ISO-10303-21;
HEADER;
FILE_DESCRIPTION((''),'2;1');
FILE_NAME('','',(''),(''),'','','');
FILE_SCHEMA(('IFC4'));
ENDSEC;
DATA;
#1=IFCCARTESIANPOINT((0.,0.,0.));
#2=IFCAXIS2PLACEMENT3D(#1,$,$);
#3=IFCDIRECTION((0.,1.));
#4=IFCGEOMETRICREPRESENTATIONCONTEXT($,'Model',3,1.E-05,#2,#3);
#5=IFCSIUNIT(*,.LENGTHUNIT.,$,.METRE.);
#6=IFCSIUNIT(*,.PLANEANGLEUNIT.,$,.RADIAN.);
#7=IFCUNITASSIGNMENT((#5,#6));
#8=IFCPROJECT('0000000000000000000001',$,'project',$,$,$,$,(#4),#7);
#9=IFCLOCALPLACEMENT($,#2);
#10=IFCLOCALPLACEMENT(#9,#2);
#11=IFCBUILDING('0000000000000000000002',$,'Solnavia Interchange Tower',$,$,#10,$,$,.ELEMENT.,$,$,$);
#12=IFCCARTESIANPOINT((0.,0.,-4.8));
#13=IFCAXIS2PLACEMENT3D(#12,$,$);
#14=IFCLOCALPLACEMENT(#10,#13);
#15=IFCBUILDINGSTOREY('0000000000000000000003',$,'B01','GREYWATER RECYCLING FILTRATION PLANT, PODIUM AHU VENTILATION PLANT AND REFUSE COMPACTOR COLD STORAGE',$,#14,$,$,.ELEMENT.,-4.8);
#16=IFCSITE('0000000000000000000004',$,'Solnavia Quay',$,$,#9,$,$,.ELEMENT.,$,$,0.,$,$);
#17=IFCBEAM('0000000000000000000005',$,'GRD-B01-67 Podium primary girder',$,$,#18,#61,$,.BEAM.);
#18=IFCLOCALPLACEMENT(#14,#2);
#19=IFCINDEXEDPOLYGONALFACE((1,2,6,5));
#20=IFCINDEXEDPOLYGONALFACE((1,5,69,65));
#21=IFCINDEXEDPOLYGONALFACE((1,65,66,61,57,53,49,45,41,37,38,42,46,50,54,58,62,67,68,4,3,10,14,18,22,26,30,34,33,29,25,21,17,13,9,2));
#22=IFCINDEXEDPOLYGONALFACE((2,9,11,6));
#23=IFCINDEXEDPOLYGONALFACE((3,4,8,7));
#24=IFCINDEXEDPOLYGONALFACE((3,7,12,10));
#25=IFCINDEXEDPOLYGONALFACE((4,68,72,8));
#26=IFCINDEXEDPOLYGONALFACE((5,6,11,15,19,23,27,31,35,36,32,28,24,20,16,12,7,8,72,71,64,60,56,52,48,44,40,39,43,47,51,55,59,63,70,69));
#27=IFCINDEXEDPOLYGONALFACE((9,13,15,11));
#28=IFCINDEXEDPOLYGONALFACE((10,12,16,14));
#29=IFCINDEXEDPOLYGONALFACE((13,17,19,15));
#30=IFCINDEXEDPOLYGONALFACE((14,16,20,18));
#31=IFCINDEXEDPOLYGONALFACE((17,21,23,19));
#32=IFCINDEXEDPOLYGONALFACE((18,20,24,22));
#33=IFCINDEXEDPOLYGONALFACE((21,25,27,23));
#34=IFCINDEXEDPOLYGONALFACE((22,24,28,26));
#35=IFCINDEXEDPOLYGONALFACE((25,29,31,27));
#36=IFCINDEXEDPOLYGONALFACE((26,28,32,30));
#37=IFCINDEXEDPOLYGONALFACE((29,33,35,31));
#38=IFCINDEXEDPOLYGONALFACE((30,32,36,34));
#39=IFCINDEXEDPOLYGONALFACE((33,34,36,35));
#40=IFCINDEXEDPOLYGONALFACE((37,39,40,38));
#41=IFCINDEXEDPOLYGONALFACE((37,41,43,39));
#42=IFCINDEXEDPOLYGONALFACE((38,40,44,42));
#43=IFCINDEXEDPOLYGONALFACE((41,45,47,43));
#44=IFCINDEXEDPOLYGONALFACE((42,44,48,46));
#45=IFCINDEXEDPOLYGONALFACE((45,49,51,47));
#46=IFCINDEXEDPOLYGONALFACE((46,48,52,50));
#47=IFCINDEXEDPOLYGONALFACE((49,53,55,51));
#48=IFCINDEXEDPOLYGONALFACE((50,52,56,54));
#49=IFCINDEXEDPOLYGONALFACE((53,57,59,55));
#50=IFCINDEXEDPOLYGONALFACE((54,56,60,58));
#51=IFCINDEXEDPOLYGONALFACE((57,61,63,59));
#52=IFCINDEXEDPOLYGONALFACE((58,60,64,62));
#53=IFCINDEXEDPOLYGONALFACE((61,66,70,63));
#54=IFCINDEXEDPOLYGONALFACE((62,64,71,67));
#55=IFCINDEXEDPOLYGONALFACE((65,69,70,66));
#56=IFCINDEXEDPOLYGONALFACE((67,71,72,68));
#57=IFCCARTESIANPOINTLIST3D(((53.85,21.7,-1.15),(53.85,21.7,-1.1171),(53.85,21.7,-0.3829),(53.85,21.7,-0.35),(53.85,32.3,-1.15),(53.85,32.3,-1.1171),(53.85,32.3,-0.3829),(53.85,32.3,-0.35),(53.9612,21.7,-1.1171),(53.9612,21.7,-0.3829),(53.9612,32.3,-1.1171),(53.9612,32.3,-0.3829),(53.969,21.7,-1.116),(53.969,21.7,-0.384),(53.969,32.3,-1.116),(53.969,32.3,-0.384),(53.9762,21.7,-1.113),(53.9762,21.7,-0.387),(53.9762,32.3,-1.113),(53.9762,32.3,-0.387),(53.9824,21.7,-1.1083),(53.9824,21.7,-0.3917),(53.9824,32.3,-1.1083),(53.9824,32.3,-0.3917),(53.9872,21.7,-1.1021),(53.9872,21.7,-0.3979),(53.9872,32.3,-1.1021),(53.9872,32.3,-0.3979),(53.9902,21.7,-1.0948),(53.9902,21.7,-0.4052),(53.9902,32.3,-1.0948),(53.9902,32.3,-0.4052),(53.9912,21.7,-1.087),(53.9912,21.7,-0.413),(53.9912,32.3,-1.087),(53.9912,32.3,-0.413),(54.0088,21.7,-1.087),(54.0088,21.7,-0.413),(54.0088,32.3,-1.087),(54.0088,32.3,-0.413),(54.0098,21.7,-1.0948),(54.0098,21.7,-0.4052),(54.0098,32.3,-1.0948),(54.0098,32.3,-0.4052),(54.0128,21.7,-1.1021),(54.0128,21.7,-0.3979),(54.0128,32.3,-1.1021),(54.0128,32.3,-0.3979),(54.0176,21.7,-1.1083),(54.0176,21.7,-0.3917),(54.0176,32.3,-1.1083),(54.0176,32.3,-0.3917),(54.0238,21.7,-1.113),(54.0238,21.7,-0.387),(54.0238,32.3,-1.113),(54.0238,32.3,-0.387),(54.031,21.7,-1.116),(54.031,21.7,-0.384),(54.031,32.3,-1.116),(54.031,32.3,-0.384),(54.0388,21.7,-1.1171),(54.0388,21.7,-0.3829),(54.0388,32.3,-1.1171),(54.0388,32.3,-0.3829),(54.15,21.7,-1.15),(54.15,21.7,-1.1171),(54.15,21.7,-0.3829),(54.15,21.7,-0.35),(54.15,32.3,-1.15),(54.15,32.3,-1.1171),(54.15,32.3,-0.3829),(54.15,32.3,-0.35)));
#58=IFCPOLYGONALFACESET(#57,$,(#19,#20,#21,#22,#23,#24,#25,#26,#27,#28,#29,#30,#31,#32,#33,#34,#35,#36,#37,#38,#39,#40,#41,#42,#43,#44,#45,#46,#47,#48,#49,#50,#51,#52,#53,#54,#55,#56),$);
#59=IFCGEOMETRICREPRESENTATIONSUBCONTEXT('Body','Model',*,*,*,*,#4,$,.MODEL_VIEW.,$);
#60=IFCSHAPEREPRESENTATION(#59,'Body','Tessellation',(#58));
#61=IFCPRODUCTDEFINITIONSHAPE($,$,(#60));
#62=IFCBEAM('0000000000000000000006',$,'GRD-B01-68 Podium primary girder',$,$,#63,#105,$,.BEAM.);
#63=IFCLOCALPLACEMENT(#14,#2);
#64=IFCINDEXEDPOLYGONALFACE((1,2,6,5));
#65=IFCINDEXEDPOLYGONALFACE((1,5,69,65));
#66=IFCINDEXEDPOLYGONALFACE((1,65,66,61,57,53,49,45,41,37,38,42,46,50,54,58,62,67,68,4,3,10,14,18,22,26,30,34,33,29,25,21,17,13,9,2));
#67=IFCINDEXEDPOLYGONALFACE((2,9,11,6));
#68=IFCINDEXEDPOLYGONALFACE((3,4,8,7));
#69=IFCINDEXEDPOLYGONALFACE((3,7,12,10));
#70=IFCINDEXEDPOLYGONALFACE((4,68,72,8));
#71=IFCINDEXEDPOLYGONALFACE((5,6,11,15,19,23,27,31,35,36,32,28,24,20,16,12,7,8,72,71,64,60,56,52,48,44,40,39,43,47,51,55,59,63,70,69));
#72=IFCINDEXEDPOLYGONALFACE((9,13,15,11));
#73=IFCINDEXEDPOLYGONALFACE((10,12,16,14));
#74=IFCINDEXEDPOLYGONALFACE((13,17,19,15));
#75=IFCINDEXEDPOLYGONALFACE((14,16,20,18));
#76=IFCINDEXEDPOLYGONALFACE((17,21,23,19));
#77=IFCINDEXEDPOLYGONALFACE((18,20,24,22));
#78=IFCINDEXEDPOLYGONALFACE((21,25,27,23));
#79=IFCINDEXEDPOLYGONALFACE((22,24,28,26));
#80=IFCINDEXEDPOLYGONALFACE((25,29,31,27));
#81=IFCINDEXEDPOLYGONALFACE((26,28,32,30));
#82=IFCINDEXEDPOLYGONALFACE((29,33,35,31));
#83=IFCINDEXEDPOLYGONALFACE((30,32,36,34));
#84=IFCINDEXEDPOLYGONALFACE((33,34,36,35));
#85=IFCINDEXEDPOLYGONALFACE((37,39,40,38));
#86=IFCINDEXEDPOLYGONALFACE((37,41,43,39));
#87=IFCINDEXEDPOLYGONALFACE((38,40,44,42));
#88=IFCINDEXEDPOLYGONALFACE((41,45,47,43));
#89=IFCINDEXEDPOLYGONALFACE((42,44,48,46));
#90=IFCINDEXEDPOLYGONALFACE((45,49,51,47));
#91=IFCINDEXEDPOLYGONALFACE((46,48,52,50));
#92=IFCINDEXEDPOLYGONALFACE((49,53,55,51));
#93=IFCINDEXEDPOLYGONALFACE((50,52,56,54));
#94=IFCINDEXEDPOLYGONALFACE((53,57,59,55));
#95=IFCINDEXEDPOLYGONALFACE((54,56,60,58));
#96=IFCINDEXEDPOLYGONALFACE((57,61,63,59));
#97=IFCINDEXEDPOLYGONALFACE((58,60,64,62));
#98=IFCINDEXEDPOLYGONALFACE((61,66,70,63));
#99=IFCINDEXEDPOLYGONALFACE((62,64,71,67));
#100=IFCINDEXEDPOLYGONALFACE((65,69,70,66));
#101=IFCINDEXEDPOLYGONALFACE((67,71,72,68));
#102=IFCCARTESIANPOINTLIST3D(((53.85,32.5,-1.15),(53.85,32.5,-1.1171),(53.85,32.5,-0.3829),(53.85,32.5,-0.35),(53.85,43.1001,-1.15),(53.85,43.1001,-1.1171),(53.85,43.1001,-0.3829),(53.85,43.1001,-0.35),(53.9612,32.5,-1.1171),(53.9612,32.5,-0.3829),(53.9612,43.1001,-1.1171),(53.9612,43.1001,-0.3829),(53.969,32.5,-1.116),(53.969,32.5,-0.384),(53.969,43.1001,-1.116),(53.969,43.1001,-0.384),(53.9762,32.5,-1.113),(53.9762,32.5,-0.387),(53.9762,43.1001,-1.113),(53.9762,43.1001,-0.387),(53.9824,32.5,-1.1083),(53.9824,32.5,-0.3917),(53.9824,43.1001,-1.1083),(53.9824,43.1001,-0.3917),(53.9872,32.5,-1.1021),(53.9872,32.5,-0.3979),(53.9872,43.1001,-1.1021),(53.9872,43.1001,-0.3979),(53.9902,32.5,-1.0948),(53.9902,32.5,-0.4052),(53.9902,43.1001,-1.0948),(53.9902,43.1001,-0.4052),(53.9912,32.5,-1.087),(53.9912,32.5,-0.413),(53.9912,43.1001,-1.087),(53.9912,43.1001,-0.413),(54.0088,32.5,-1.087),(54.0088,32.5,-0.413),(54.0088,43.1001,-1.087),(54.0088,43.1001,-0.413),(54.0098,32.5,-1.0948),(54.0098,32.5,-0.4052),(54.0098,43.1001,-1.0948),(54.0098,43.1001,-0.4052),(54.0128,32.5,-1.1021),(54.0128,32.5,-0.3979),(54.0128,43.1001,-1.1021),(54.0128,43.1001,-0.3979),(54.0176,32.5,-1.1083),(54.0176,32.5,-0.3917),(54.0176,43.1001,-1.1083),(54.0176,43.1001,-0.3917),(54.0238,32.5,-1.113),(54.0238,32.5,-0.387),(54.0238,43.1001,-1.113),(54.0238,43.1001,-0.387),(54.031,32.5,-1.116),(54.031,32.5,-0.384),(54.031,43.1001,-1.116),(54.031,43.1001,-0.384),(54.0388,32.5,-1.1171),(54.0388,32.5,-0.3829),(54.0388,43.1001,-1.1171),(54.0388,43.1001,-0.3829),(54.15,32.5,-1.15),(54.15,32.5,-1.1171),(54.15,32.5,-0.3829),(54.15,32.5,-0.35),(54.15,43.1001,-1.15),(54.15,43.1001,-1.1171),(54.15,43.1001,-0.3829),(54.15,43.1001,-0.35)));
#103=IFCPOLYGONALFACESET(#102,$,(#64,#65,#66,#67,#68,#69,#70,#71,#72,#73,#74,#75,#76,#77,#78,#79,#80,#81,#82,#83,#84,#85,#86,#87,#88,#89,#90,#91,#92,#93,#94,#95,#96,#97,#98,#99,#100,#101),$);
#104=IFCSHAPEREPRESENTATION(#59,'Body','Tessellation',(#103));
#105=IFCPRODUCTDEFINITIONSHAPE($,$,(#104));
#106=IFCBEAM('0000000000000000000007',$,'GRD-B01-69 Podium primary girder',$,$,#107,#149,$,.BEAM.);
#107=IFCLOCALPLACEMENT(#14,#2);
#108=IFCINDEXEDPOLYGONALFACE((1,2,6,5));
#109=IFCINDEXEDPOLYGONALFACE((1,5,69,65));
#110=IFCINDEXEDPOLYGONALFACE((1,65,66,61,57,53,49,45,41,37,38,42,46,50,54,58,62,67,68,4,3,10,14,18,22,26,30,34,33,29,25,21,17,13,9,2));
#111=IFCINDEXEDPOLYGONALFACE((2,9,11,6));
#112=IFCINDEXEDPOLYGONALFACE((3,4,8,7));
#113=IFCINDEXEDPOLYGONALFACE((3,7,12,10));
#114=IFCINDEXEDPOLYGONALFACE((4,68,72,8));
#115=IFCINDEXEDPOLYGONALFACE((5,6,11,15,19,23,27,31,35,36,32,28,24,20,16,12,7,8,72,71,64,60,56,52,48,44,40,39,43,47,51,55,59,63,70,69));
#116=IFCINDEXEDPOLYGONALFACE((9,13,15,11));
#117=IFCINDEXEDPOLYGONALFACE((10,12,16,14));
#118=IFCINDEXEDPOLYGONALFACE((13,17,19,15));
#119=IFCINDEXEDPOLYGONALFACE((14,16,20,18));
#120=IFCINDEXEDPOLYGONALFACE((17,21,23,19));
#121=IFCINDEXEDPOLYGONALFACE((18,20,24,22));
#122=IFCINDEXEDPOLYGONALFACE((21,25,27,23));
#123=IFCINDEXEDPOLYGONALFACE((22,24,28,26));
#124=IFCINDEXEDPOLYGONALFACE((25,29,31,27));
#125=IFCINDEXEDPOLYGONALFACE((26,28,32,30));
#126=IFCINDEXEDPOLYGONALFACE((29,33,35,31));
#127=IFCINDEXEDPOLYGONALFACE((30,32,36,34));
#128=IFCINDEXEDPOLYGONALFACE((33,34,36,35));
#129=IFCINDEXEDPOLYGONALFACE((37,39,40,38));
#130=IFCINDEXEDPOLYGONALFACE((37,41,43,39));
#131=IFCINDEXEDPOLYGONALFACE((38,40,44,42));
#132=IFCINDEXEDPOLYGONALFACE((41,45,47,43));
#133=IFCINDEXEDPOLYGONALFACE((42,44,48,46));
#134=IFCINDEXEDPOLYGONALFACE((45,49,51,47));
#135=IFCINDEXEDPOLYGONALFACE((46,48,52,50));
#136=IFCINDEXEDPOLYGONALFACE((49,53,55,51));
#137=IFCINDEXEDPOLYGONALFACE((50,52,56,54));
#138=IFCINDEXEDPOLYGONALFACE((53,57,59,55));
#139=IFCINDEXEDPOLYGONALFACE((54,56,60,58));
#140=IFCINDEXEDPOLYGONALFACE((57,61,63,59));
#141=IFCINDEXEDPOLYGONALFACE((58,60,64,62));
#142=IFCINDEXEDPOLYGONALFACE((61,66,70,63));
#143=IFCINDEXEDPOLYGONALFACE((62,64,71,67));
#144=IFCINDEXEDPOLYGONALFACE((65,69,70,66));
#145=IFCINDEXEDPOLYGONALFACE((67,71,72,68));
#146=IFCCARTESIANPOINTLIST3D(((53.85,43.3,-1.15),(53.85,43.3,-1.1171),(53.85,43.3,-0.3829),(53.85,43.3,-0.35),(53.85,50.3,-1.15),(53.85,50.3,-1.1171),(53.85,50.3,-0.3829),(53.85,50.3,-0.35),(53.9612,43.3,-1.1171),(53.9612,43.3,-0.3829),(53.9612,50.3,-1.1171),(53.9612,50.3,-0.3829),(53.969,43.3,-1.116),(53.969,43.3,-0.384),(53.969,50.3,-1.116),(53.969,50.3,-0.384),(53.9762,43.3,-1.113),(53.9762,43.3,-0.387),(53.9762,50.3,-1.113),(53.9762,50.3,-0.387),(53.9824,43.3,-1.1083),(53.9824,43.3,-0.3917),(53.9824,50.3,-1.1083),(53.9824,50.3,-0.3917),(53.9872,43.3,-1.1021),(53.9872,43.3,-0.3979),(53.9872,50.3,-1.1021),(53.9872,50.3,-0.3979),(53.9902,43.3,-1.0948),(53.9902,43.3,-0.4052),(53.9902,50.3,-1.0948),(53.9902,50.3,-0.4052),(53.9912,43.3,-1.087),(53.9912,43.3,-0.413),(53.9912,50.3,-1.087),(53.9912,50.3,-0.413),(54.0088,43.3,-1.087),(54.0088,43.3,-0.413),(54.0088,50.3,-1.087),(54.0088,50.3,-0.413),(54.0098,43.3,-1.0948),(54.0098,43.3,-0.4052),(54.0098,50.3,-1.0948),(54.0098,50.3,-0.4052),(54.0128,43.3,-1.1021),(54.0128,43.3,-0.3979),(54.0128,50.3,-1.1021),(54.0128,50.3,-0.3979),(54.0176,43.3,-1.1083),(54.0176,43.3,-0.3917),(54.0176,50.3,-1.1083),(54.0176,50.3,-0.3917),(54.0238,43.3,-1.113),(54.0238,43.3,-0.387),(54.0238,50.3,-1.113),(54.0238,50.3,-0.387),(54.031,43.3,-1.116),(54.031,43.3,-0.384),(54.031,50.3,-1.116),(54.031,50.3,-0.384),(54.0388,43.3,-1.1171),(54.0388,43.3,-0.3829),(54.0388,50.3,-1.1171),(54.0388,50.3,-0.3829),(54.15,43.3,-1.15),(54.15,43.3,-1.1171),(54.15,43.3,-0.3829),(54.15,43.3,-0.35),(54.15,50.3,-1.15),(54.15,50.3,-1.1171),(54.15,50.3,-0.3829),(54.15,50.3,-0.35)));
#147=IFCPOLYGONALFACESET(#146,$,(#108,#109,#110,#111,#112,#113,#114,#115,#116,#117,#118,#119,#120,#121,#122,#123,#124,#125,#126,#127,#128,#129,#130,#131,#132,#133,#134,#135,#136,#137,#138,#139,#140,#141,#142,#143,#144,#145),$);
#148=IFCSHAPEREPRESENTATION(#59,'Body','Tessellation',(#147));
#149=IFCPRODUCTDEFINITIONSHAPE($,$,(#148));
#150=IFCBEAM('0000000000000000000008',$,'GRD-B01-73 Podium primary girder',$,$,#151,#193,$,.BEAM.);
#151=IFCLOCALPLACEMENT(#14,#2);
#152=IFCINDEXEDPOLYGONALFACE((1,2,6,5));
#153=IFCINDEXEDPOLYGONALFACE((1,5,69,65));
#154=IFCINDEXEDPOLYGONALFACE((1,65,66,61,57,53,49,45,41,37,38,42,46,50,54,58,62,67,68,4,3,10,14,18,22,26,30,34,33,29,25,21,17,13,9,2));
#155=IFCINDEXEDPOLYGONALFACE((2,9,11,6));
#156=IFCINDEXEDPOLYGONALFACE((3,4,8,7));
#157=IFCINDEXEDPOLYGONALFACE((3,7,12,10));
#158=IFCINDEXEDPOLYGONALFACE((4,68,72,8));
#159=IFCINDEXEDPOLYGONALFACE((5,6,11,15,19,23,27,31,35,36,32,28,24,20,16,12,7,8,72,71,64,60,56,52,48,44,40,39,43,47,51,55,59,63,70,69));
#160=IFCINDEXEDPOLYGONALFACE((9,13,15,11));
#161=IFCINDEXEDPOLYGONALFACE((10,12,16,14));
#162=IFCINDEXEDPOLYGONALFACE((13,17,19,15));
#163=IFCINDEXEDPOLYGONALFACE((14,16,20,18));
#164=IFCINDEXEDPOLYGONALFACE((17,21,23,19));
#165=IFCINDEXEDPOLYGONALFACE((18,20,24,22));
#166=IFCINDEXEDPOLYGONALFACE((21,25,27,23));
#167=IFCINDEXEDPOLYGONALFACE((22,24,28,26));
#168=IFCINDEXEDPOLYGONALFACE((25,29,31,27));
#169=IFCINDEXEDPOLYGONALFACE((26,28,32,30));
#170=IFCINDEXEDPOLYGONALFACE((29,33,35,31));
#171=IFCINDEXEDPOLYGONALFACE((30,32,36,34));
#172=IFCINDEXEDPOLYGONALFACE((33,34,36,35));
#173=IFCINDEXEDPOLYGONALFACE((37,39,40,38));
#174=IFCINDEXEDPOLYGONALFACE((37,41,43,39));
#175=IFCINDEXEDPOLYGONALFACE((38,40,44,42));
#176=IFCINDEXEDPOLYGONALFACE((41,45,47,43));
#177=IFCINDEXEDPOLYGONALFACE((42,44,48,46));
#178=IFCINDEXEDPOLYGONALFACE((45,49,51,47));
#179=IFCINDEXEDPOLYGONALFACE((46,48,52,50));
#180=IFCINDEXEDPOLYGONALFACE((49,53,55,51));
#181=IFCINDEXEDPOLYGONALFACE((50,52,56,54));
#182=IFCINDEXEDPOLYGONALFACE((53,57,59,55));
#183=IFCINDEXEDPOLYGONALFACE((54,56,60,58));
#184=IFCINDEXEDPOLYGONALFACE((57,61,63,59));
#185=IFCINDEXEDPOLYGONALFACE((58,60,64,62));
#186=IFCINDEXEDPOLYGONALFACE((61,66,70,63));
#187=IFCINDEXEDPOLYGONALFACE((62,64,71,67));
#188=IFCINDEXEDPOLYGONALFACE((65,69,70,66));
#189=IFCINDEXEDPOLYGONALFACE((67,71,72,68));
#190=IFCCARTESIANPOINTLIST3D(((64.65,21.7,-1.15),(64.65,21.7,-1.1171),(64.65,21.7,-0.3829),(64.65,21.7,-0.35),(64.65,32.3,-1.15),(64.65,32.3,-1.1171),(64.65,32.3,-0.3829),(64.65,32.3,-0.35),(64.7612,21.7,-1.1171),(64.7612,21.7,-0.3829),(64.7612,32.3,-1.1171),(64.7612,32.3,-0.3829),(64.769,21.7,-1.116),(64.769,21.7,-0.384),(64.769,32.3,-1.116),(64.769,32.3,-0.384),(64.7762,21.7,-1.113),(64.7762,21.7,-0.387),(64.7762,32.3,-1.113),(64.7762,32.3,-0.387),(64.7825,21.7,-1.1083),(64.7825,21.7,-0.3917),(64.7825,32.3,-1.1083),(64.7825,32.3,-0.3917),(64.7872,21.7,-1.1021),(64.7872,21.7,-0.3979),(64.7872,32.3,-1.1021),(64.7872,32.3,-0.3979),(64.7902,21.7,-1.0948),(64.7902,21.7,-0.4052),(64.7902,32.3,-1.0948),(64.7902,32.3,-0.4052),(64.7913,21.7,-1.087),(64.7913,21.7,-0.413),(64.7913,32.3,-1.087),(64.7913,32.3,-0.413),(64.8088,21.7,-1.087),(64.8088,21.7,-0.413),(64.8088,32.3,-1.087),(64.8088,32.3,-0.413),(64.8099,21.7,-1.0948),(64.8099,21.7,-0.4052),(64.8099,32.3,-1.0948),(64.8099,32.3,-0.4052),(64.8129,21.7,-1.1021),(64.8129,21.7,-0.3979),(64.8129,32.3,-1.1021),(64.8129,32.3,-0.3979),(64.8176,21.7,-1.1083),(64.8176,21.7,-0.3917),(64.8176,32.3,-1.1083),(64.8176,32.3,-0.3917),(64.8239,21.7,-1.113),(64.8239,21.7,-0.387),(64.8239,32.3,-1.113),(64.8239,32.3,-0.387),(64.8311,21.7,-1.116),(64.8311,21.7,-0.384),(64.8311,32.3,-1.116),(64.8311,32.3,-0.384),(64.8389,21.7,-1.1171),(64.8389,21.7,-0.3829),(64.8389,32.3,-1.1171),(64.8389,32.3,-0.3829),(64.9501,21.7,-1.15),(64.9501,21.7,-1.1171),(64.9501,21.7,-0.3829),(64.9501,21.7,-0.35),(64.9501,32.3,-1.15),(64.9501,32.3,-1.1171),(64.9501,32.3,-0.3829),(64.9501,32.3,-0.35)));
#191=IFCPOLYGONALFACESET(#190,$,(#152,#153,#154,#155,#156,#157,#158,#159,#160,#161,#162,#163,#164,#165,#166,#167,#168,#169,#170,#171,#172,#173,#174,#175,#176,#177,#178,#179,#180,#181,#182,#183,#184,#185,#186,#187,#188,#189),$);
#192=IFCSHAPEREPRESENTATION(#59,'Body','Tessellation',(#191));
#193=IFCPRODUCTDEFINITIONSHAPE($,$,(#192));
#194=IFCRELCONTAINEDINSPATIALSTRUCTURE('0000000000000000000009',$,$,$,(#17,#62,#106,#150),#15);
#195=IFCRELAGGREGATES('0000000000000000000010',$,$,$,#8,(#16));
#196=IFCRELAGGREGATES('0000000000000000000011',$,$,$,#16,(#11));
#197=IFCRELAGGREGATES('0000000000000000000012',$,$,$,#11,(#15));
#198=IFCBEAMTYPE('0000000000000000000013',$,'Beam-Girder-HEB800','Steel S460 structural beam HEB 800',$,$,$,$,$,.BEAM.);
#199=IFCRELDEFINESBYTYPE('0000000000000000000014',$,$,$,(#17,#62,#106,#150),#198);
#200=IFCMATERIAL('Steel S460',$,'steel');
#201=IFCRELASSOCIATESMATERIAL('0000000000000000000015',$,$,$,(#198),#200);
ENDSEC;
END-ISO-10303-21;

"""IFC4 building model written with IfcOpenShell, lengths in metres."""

from ifc_helpers import new_model, si_unit, direction, frame, origin, origin_2d, place, context, subcontext, project, spatial, i_section, extrude, material, material_profile, profile_set, type_object, element, save


model = new_model("IFC4")

# Units and contexts
model_context = context("Model", 3, precision=1e-05, world=origin(), true_north=direction((0.0, 1.0)))
body_context = subcontext(model_context, "Body", "Model", "MODEL_VIEW")
ifc_project = project(units=[si_unit("LENGTHUNIT", "METRE"), si_unit("PLANEANGLEUNIT", "RADIAN")], contexts=[model_context])

# Site, building, storey
site_placement = place(None, origin())
site = spatial("IfcSite", under=ifc_project, at=site_placement, Name="Solnavia Quay", CompositionType="ELEMENT", RefElevation=0.0)
building_placement = place(site_placement, origin())
building = spatial("IfcBuilding", under=site, at=building_placement, Name="Solnavia Interchange Tower", CompositionType="ELEMENT")
storey_placement = place(building_placement, frame((0.0, 0.0, -4.8)))
storey = spatial("IfcBuildingStorey", under=building, at=storey_placement, Name="B01", Description="GREYWATER RECYCLING FILTRATION PLANT, PODIUM AHU VENTILATION PLANT AND REFUSE COMPACTOR COLD STORAGE", CompositionType="ELEMENT", Elevation=-4.8)

# Beams
ifc_material_1 = material(Name="Steel S460", Category="steel")
ifc_material_profile_1 = material_profile(ifc_material_1, i_section(OverallWidth=0.3, OverallDepth=0.8, WebThickness=0.0176, FlangeThickness=0.033, FilletRadius=0.03, at=origin_2d()), Name="HEB 800")
ifc_profile_set_1 = profile_set([ifc_material_profile_1], Name="Steel S460")
beam_type_1 = type_object("IfcBeamType", Name="Beam-Girder-HEB800", Description="Steel S460 structural beam HEB 800", PredefinedType="BEAM", material=ifc_profile_set_1)
for number, where, z_axis, x_axis, name in (
    (1, (54.0, 21.7, -0.75), (0.0, 1.0, 0.0), (-1.0, 0.0, 0.0), "GRD-B01-67 Podium primary girder"),
    (2, (54.0, 32.5, -0.75), (0.0, 1.0, 0.0), (-1.0, 0.0, 0.0), "GRD-B01-68 Podium primary girder"),
):
    element("IfcBeam", number, at=place(storey_placement, frame(where, z_axis=z_axis, x_axis=x_axis)), inside=storey, type_object=beam_type_1, Name=name, PredefinedType="BEAM", context=body_context, shape_type="SweptSolid", body=[
        extrude(i_section(OverallWidth=0.3, OverallDepth=0.8, WebThickness=0.0176, FlangeThickness=0.033, FilletRadius=0.03, at=origin_2d()), origin(), (0.0, 0.0, 1.0), 10.6001),
    ])
beam_1_placement = place(storey_placement, frame((54.0, 43.3, -0.75), z_axis=(0.0, 1.0, 0.0), x_axis=(-1.0, 0.0, 0.0)))
element("IfcBeam", 3, at=beam_1_placement, inside=storey, type_object=beam_type_1, Name="GRD-B01-69 Podium primary girder", PredefinedType="BEAM", context=body_context, shape_type="SweptSolid", body=[
    extrude(i_section(OverallWidth=0.3, OverallDepth=0.8, WebThickness=0.0176, FlangeThickness=0.033, FilletRadius=0.03, at=origin_2d()), origin(), (0.0, 0.0, 1.0), 7.0),
])
for number, where, z_axis, x_axis, name in (
    (4, (64.8, 21.7, -0.75), (0.0, 1.0, 0.0), (-1.0, 0.0, 0.0), "GRD-B01-73 Podium primary girder"),
):
    element("IfcBeam", number, at=place(storey_placement, frame(where, z_axis=z_axis, x_axis=x_axis)), inside=storey, type_object=beam_type_1, Name=name, PredefinedType="BEAM", context=body_context, shape_type="SweptSolid", body=[
        extrude(i_section(OverallWidth=0.3, OverallDepth=0.8, WebThickness=0.0176, FlangeThickness=0.033, FilletRadius=0.03, at=origin_2d()), origin(), (0.0, 0.0, 1.0), 10.6001),
    ])

save(model, "model.ifc")
